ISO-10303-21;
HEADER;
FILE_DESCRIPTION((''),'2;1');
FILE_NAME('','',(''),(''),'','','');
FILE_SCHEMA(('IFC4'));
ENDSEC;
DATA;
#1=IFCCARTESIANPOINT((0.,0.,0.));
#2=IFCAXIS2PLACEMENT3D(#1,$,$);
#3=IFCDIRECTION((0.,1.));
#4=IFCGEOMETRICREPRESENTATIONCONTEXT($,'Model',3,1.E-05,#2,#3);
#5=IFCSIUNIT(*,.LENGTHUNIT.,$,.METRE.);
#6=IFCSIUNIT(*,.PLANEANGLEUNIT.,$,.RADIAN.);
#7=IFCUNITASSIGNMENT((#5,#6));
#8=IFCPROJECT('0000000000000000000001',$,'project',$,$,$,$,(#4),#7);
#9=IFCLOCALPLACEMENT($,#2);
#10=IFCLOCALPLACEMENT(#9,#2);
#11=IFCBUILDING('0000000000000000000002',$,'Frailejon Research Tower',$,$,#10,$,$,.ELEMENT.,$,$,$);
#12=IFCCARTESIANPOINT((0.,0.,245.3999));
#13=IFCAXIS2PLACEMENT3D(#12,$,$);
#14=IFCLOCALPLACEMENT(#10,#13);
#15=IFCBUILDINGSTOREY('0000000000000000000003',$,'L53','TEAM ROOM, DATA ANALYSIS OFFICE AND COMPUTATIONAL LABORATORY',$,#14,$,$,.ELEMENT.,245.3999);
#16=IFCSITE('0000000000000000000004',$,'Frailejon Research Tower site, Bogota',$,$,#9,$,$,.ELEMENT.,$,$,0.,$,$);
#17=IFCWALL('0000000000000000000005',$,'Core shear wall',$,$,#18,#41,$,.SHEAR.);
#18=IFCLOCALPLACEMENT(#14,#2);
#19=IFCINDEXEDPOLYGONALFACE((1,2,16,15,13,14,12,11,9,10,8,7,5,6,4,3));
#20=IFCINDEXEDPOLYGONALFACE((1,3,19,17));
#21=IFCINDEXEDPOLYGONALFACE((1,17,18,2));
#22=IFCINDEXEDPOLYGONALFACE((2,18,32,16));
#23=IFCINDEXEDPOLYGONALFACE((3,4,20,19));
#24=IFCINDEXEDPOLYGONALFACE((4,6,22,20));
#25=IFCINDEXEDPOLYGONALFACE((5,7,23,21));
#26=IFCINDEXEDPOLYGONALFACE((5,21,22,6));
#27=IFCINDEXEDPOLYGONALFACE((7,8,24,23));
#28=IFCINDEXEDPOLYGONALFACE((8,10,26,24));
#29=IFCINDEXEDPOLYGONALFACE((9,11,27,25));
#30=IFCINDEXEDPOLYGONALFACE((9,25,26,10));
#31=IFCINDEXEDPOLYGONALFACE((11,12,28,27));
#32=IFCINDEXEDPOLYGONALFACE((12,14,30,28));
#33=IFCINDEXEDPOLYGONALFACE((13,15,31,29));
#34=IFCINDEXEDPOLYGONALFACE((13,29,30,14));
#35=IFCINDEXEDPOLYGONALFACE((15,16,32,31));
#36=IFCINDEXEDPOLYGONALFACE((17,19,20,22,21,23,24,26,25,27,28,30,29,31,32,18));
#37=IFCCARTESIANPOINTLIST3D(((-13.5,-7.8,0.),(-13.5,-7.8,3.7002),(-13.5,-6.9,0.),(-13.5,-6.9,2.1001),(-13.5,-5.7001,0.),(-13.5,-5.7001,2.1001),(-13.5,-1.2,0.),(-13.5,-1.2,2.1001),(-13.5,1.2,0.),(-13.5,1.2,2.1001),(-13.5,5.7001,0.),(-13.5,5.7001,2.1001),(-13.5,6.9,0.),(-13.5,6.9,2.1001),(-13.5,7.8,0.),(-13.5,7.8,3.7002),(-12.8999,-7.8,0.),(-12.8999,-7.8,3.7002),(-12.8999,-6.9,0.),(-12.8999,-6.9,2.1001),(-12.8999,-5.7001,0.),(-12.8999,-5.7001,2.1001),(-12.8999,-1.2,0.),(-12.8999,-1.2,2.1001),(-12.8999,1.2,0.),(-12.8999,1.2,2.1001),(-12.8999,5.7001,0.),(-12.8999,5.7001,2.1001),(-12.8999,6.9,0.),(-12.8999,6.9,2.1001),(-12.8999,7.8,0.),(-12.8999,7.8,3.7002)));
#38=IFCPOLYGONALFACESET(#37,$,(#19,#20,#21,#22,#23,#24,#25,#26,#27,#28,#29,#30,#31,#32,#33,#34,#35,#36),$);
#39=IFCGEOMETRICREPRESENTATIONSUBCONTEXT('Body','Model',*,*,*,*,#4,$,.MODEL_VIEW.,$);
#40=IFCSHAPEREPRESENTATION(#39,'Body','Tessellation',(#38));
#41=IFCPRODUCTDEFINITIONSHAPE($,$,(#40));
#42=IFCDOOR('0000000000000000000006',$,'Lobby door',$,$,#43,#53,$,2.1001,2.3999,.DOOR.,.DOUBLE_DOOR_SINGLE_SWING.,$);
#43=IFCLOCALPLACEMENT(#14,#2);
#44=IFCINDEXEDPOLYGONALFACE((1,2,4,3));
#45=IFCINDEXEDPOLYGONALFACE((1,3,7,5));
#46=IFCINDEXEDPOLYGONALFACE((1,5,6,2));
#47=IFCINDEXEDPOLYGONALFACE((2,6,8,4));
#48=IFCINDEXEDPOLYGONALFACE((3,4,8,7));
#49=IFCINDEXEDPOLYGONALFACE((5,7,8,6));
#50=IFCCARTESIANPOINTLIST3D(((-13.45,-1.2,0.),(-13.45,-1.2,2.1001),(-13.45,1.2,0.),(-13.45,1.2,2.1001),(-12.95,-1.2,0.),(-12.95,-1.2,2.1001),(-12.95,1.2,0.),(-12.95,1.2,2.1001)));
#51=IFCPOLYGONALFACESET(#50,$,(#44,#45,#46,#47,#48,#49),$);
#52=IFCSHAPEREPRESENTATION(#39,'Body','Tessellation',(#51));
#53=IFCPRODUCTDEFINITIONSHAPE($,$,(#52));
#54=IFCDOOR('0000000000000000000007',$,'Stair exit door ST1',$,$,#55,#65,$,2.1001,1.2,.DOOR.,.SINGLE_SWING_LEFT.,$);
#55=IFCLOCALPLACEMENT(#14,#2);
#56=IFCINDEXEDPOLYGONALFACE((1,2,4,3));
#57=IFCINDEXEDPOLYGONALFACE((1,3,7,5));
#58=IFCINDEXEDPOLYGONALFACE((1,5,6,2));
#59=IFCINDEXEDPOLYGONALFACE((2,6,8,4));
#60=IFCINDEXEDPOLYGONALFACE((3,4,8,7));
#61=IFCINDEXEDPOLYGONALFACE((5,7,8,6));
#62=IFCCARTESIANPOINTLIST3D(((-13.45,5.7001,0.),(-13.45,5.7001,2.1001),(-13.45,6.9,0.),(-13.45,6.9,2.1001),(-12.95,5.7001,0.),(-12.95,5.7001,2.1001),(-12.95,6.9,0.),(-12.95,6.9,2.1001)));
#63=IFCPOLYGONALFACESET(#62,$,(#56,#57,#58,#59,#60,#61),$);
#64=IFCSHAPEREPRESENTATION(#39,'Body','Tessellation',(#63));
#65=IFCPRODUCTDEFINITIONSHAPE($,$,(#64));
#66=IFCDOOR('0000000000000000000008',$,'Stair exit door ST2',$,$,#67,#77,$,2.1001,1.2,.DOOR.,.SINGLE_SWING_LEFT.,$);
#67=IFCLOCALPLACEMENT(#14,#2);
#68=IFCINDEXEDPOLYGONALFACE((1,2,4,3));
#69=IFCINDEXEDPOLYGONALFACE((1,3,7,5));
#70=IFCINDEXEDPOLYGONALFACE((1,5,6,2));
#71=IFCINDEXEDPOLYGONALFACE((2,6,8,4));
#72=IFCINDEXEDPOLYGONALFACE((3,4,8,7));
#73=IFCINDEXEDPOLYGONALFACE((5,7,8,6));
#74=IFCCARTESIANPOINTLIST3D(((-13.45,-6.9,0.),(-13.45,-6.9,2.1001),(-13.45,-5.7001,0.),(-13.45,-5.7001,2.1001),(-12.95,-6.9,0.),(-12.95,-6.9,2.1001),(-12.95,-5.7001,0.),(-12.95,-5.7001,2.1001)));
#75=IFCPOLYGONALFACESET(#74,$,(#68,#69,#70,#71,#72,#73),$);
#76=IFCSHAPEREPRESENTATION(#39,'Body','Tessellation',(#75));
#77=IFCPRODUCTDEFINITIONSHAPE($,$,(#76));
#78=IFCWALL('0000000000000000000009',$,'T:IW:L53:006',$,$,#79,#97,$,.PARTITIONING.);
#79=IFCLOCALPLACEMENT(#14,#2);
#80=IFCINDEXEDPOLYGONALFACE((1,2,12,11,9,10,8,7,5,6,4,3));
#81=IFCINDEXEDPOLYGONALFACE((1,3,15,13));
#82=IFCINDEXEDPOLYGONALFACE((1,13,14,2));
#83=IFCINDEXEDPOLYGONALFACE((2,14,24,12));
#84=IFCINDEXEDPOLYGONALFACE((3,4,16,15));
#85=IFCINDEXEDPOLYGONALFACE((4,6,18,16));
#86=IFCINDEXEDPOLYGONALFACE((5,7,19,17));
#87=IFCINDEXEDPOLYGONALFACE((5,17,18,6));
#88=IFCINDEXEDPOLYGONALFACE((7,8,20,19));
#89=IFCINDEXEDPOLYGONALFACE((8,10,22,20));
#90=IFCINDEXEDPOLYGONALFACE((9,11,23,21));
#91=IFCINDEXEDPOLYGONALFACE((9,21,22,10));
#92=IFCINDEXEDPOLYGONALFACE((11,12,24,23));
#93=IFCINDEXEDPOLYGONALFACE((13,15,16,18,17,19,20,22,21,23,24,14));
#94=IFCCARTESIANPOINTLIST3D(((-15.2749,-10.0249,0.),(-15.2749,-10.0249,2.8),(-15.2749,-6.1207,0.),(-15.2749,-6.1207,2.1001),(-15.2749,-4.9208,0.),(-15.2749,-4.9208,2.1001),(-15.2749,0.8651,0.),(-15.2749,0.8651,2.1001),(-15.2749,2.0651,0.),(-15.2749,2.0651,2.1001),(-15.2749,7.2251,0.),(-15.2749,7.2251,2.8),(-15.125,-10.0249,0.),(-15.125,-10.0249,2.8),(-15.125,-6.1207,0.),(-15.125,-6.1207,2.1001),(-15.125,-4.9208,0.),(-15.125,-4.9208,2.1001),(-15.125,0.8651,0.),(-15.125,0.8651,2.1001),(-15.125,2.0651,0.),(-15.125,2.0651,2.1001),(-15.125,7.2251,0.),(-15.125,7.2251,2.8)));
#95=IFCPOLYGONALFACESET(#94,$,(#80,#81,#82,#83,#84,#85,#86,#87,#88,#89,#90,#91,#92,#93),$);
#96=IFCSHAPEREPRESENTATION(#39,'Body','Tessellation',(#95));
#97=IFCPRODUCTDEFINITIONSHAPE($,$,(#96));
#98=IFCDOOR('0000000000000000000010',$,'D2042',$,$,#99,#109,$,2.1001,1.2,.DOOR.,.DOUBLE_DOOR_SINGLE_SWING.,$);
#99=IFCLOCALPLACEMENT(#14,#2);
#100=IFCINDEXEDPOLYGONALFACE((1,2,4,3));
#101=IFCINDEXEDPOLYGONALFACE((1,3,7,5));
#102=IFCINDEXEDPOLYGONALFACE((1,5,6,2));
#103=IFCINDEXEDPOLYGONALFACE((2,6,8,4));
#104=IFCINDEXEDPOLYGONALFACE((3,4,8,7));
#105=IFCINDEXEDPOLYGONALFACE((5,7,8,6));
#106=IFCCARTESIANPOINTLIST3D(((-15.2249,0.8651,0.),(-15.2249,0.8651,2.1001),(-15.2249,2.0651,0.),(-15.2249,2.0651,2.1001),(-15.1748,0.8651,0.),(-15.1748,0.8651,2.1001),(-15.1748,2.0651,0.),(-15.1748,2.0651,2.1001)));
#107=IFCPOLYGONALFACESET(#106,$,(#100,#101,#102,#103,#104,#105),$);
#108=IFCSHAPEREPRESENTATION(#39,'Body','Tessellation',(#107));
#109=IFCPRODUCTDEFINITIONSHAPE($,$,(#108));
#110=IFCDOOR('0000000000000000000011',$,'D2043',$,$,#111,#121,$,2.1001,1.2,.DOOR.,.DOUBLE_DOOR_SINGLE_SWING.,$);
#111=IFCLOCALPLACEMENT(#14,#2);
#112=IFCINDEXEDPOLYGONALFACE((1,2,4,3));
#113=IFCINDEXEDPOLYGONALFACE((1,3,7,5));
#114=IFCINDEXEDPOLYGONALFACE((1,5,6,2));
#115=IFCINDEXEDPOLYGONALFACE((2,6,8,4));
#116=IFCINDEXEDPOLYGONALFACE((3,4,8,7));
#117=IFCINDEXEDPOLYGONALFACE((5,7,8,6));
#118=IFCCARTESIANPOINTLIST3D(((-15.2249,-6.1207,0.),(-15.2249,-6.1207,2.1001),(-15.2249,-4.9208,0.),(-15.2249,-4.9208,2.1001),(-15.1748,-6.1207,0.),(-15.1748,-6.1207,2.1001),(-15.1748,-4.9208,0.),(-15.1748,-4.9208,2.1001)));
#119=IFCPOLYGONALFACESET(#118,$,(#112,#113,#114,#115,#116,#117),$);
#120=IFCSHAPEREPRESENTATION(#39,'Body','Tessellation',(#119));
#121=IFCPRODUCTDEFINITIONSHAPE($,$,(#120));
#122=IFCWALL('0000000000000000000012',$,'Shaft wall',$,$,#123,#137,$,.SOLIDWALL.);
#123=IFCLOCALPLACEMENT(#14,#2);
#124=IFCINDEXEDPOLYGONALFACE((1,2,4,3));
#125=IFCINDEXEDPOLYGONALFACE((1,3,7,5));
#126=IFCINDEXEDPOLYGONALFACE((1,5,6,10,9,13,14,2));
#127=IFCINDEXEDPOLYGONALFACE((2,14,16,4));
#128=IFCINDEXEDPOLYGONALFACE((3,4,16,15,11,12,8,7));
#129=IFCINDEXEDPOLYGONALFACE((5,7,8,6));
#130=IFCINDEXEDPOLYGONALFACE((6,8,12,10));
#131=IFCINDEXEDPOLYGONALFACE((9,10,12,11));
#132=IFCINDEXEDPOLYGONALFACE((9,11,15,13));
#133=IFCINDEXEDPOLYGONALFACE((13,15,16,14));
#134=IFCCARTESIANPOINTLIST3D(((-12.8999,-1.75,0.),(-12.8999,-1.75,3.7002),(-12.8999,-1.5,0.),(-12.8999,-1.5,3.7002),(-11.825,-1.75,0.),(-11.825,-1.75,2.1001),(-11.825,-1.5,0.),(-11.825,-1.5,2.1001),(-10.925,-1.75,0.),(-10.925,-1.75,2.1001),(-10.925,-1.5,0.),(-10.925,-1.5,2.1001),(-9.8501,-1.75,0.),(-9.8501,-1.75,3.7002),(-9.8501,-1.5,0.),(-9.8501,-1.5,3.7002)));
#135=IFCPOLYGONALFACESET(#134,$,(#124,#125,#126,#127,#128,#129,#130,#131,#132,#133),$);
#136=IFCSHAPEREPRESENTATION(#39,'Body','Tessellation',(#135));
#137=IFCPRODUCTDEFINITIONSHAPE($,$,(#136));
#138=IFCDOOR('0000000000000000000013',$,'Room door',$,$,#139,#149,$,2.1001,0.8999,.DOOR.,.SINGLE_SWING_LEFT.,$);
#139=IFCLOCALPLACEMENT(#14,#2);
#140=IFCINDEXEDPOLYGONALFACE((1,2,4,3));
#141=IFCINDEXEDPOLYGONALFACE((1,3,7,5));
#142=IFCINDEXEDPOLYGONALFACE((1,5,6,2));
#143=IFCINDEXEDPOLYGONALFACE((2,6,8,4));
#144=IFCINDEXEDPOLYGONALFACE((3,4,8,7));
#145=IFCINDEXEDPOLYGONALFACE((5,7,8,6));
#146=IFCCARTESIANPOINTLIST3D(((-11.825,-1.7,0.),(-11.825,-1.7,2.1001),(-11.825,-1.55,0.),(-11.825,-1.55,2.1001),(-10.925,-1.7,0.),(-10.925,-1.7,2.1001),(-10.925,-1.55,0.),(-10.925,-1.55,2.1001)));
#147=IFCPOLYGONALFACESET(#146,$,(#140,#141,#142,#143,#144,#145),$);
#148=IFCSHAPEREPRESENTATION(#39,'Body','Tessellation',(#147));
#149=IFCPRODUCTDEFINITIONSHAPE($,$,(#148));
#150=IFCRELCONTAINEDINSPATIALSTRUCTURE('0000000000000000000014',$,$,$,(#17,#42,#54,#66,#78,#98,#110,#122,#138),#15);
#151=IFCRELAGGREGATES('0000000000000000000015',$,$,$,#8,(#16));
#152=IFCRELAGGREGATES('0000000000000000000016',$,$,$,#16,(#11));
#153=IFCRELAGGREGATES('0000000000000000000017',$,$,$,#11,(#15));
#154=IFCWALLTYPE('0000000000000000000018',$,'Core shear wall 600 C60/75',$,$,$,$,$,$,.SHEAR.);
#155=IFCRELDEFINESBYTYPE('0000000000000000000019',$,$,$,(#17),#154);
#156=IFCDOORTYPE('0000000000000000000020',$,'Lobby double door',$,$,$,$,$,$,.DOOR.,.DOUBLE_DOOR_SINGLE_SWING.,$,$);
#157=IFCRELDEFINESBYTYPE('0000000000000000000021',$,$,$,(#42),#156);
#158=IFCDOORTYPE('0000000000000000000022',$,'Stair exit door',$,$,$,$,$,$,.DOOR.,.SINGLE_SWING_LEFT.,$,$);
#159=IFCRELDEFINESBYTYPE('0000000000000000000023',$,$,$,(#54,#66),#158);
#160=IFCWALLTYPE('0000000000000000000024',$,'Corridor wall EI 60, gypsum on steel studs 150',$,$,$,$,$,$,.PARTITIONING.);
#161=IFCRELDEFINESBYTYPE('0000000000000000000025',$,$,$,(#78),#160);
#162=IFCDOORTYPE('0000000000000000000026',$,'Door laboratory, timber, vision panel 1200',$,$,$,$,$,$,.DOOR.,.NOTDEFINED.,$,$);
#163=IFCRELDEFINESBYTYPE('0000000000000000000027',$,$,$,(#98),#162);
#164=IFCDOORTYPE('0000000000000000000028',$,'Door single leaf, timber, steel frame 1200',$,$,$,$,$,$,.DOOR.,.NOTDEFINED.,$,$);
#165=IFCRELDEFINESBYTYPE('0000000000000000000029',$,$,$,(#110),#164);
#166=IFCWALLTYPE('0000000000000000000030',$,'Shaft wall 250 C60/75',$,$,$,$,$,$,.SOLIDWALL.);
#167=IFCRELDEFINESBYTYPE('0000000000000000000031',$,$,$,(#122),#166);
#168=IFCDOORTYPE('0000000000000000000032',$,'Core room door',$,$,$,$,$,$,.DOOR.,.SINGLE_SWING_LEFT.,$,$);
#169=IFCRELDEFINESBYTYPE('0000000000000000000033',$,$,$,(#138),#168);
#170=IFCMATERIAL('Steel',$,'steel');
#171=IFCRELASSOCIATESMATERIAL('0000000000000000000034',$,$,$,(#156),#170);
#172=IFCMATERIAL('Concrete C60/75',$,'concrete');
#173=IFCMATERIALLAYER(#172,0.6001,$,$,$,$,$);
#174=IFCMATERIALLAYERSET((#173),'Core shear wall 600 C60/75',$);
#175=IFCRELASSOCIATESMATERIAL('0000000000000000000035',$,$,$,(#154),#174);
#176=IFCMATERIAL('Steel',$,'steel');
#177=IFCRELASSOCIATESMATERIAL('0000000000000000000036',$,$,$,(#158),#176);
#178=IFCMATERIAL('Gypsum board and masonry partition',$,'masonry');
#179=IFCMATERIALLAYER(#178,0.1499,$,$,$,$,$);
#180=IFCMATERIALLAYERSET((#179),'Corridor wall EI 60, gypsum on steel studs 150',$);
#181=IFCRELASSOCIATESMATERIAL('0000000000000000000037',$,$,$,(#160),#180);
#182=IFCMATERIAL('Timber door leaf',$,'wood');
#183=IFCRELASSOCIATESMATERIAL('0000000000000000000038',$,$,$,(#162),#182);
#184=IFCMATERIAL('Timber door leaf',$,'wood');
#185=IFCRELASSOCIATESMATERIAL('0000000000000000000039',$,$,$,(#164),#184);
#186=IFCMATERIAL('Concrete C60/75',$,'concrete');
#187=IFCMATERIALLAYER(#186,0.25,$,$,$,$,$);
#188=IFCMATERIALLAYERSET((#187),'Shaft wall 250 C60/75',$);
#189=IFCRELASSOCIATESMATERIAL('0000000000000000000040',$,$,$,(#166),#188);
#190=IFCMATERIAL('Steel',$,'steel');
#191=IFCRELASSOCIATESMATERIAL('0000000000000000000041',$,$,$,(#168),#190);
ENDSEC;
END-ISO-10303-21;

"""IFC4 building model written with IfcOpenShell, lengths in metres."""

from ifc_helpers import new_model, si_unit, direction, frame, frame_2d, origin, place, context, subcontext, project, spatial, rectangle, extrude, material, layer, layer_set, type_object, element, fill, save


model = new_model("IFC4")

# Units and contexts
model_context = context("Model", 3, precision=1e-05, world=origin(), true_north=direction((0.0, 1.0)))
body_context = subcontext(model_context, "Body", "Model", "MODEL_VIEW")
ifc_project = project(units=[si_unit("LENGTHUNIT", "METRE"), si_unit("PLANEANGLEUNIT", "RADIAN")], contexts=[model_context])

# Site, building, storey
site_placement = place(None, origin())
site = spatial("IfcSite", under=ifc_project, at=site_placement, Name="Frailejon Research Tower site, Bogota", CompositionType="ELEMENT", RefElevation=0.0)
building_placement = place(site_placement, origin())
building = spatial("IfcBuilding", under=site, at=building_placement, Name="Frailejon Research Tower", CompositionType="ELEMENT")
storey_placement = place(building_placement, frame((0.0, 0.0, 245.3999)))
storey = spatial("IfcBuildingStorey", under=building, at=storey_placement, Name="L53", Description="TEAM ROOM, DATA ANALYSIS OFFICE AND COMPUTATIONAL LABORATORY", CompositionType="ELEMENT", Elevation=245.3999)

# Shared definitions
ifc_material_1 = material(Name="Steel", Category="steel")
door_type_1 = type_object("IfcDoorType", Name="Lobby double door", OperationType="DOUBLE_DOOR_SINGLE_SWING", PredefinedType="DOOR", material=ifc_material_1)

# Shared definitions
ifc_material_2 = material(Name="Concrete C60/75", Category="concrete")
ifc_layer_1 = layer(ifc_material_2, 0.6001)
ifc_layer_set_1 = layer_set([ifc_layer_1], Name="Core shear wall 600 C60/75")
wall_type_1 = type_object("IfcWallType", Name="Core shear wall 600 C60/75", PredefinedType="SHEAR", material=ifc_layer_set_1)

# Walls, openings, doors
wall_1_placement = place(storey_placement, frame((-13.2, -7.8, 0.0), z_axis=(0.0, 0.0, 1.0), x_axis=(0.0, 1.0, 0.0)))
wall_1 = element("IfcWall", 1, at=wall_1_placement, inside=storey, type_object=wall_type_1, Name="Core shear wall", PredefinedType="SHEAR", context=body_context, shape_type="SweptSolid", body=[
    extrude(rectangle(XDim=15.6001, YDim=0.6001, at=frame_2d((7.8, 0.0))), origin(), (0.0, 0.0, 1.0), 3.7002),
])
opening_1_placement = place(wall_1_placement, frame((6.6001, 0.0, 0.0)))
opening_1 = element("IfcOpeningElement", 2, at=opening_1_placement, cuts=wall_1, PredefinedType="OPENING", context=body_context, shape_type="SweptSolid", body=[
    extrude(rectangle(XDim=2.3999, YDim=2.1001, at=frame_2d((1.2, 1.05))), frame((0.0, 0.3101, 0.0), z_axis=(0.0, -1.0, 0.0), x_axis=(1.0, 0.0, 0.0)), (0.0, 0.0, 1.0), 0.6201),
])
opening_2_placement = place(wall_1_placement, frame((13.5, 0.0, 0.0)))
opening_2 = element("IfcOpeningElement", 3, at=opening_2_placement, cuts=wall_1, PredefinedType="OPENING", context=body_context, shape_type="SweptSolid", body=[
    extrude(rectangle(XDim=1.2, YDim=2.1001, at=frame_2d((0.6001, 1.05))), frame((0.0, 0.3101, 0.0), z_axis=(0.0, -1.0, 0.0), x_axis=(1.0, 0.0, 0.0)), (0.0, 0.0, 1.0), 0.6201),
])
opening_3_placement = place(wall_1_placement, frame((0.8999, 0.0, 0.0)))
opening_3 = element("IfcOpeningElement", 4, at=opening_3_placement, cuts=wall_1, PredefinedType="OPENING", context=body_context, shape_type="SweptSolid", body=[
    extrude(rectangle(XDim=1.2, YDim=2.1001, at=frame_2d((0.6001, 1.05))), frame((0.0, 0.3101, 0.0), z_axis=(0.0, -1.0, 0.0), x_axis=(1.0, 0.0, 0.0)), (0.0, 0.0, 1.0), 0.6201),
])
door_1_placement = place(opening_1_placement, origin())
door_1 = element("IfcDoor", 5, at=door_1_placement, inside=storey, type_object=door_type_1, Name="Lobby door", OperationType="DOUBLE_DOOR_SINGLE_SWING", OverallHeight=2.1001, OverallWidth=2.3999, PredefinedType="DOOR", context=body_context, shape_type="SweptSolid", body=[
    extrude(rectangle(XDim=2.3999, YDim=2.1001, at=frame_2d((1.2, 1.05))), frame((0.0, 0.25, 0.0), z_axis=(0.0, -1.0, 0.0), x_axis=(1.0, 0.0, 0.0)), (0.0, 0.0, 1.0), 0.5),
])
fill(opening_1, door_1)
ifc_material_3 = material(Name="Steel", Category="steel")
door_type_2 = type_object("IfcDoorType", Name="Stair exit door", OperationType="SINGLE_SWING_LEFT", PredefinedType="DOOR", material=ifc_material_3)
door_2_placement = place(opening_2_placement, origin())
door_2 = element("IfcDoor", 6, at=door_2_placement, inside=storey, type_object=door_type_2, Name="Stair exit door ST1", OperationType="SINGLE_SWING_LEFT", OverallHeight=2.1001, OverallWidth=1.2, PredefinedType="DOOR", context=body_context, shape_type="SweptSolid", body=[
    extrude(rectangle(XDim=1.2, YDim=2.1001, at=frame_2d((0.6001, 1.05))), frame((0.0, 0.25, 0.0), z_axis=(0.0, -1.0, 0.0), x_axis=(1.0, 0.0, 0.0)), (0.0, 0.0, 1.0), 0.5),
])
fill(opening_2, door_2)
door_3_placement = place(opening_3_placement, origin())
door_3 = element("IfcDoor", 7, at=door_3_placement, inside=storey, type_object=door_type_2, Name="Stair exit door ST2", OperationType="SINGLE_SWING_LEFT", OverallHeight=2.1001, OverallWidth=1.2, PredefinedType="DOOR", context=body_context, shape_type="SweptSolid", body=[
    extrude(rectangle(XDim=1.2, YDim=2.1001, at=frame_2d((0.6001, 1.05))), frame((0.0, 0.25, 0.0), z_axis=(0.0, -1.0, 0.0), x_axis=(1.0, 0.0, 0.0)), (0.0, 0.0, 1.0), 0.5),
])
fill(opening_3, door_3)
ifc_material_4 = material(Name="Gypsum board and masonry partition", Category="masonry")
ifc_layer_2 = layer(ifc_material_4, 0.1499)
ifc_layer_set_2 = layer_set([ifc_layer_2], Name="Corridor wall EI 60, gypsum on steel studs 150")
wall_type_2 = type_object("IfcWallType", Name="Corridor wall EI 60, gypsum on steel studs 150", PredefinedType="PARTITIONING", material=ifc_layer_set_2)
wall_2_placement = place(storey_placement, frame((-15.2, -10.0249, 0.0), z_axis=(0.0, 0.0, 1.0), x_axis=(0.0, 1.0, 0.0)))
wall_2 = element("IfcWall", 8, at=wall_2_placement, inside=storey, type_object=wall_type_2, Name="T:IW:L53:006", PredefinedType="PARTITIONING", context=body_context, shape_type="SweptSolid", body=[
    extrude(rectangle(XDim=17.25, YDim=0.1499, at=frame_2d((8.625, 0.0))), origin(), (0.0, 0.0, 1.0), 2.8),
])
opening_4_placement = place(wall_2_placement, frame((10.8899, 0.0, 0.0)))
opening_4 = element("IfcOpeningElement", 9, at=opening_4_placement, cuts=wall_2, PredefinedType="OPENING", context=body_context, shape_type="SweptSolid", body=[
    extrude(rectangle(XDim=1.2, YDim=2.1001, at=frame_2d((0.6001, 1.05))), frame((0.0, 0.085, 0.0), z_axis=(0.0, -1.0, 0.0), x_axis=(1.0, 0.0, 0.0)), (0.0, 0.0, 1.0), 0.1699),
])
opening_5_placement = place(wall_2_placement, frame((3.9041, 0.0, 0.0)))
opening_5 = element("IfcOpeningElement", 10, at=opening_5_placement, cuts=wall_2, PredefinedType="OPENING", context=body_context, shape_type="SweptSolid", body=[
    extrude(rectangle(XDim=1.2, YDim=2.1001, at=frame_2d((0.6001, 1.05))), frame((0.0, 0.085, 0.0), z_axis=(0.0, -1.0, 0.0), x_axis=(1.0, 0.0, 0.0)), (0.0, 0.0, 1.0), 0.1699),
])
ifc_material_5 = material(Name="Timber door leaf", Category="wood")
door_type_3 = type_object("IfcDoorType", Name="Door laboratory, timber, vision panel 1200", OperationType="NOTDEFINED", PredefinedType="DOOR", material=ifc_material_5)
door_4_placement = place(opening_4_placement, origin())
door_4 = element("IfcDoor", 11, at=door_4_placement, inside=storey, type_object=door_type_3, Name="D2042", OperationType="DOUBLE_DOOR_SINGLE_SWING", OverallHeight=2.1001, OverallWidth=1.2, PredefinedType="DOOR", context=body_context, shape_type="SweptSolid", body=[
    extrude(rectangle(XDim=1.2, YDim=2.1001, at=frame_2d((0.6001, 1.05))), frame((0.0, 0.0249, 0.0), z_axis=(0.0, -1.0, 0.0), x_axis=(1.0, 0.0, 0.0)), (0.0, 0.0, 1.0), 0.05),
])
fill(opening_4, door_4)
ifc_material_6 = material(Name="Timber door leaf", Category="wood")
door_type_4 = type_object("IfcDoorType", Name="Door single leaf, timber, steel frame 1200", OperationType="NOTDEFINED", PredefinedType="DOOR", material=ifc_material_6)
door_5_placement = place(opening_5_placement, origin())
door_5 = element("IfcDoor", 12, at=door_5_placement, inside=storey, type_object=door_type_4, Name="D2043", OperationType="DOUBLE_DOOR_SINGLE_SWING", OverallHeight=2.1001, OverallWidth=1.2, PredefinedType="DOOR", context=body_context, shape_type="SweptSolid", body=[
    extrude(rectangle(XDim=1.2, YDim=2.1001, at=frame_2d((0.6001, 1.05))), frame((0.0, 0.0249, 0.0), z_axis=(0.0, -1.0, 0.0), x_axis=(1.0, 0.0, 0.0)), (0.0, 0.0, 1.0), 0.05),
])
fill(opening_5, door_5)

# Wall, opening, door
ifc_material_7 = material(Name="Concrete C60/75", Category="concrete")
ifc_layer_3 = layer(ifc_material_7, 0.25)
ifc_layer_set_3 = layer_set([ifc_layer_3], Name="Shaft wall 250 C60/75")
wall_type_3 = type_object("IfcWallType", Name="Shaft wall 250 C60/75", PredefinedType="SOLIDWALL", material=ifc_layer_set_3)
wall_3_placement = place(storey_placement, frame((-12.8999, -1.625, 0.0), z_axis=(0.0, 0.0, 1.0), x_axis=(1.0, 0.0, 0.0)))
wall_3 = element("IfcWall", 13, at=wall_3_placement, inside=storey, type_object=wall_type_3, Name="Shaft wall", PredefinedType="SOLIDWALL", context=body_context, shape_type="SweptSolid", body=[
    extrude(rectangle(XDim=3.0498, YDim=0.25, at=frame_2d((1.5249, 0.0))), origin(), (0.0, 0.0, 1.0), 3.7002),
])
opening_6_placement = place(wall_3_placement, frame((1.075, 0.0, 0.0)))
opening_6 = element("IfcOpeningElement", 14, at=opening_6_placement, cuts=wall_3, PredefinedType="OPENING", context=body_context, shape_type="SweptSolid", body=[
    extrude(rectangle(XDim=0.8999, YDim=2.1001, at=frame_2d((0.45, 1.05))), frame((0.0, 0.135, 0.0), z_axis=(0.0, -1.0, 0.0), x_axis=(1.0, 0.0, 0.0)), (0.0, 0.0, 1.0), 0.27),
])
ifc_material_8 = material(Name="Steel", Category="steel")
door_type_5 = type_object("IfcDoorType", Name="Core room door", OperationType="SINGLE_SWING_LEFT", PredefinedType="DOOR", material=ifc_material_8)
door_6_placement = place(opening_6_placement, origin())
door_6 = element("IfcDoor", 15, at=door_6_placement, inside=storey, type_object=door_type_5, Name="Room door", OperationType="SINGLE_SWING_LEFT", OverallHeight=2.1001, OverallWidth=0.8999, PredefinedType="DOOR", context=body_context, shape_type="SweptSolid", body=[
    extrude(rectangle(XDim=0.8999, YDim=2.1001, at=frame_2d((0.45, 1.05))), frame((0.0, 0.075, 0.0), z_axis=(0.0, -1.0, 0.0), x_axis=(1.0, 0.0, 0.0)), (0.0, 0.0, 1.0), 0.1499),
])
fill(opening_6, door_6)

save(model, "model.ifc")
